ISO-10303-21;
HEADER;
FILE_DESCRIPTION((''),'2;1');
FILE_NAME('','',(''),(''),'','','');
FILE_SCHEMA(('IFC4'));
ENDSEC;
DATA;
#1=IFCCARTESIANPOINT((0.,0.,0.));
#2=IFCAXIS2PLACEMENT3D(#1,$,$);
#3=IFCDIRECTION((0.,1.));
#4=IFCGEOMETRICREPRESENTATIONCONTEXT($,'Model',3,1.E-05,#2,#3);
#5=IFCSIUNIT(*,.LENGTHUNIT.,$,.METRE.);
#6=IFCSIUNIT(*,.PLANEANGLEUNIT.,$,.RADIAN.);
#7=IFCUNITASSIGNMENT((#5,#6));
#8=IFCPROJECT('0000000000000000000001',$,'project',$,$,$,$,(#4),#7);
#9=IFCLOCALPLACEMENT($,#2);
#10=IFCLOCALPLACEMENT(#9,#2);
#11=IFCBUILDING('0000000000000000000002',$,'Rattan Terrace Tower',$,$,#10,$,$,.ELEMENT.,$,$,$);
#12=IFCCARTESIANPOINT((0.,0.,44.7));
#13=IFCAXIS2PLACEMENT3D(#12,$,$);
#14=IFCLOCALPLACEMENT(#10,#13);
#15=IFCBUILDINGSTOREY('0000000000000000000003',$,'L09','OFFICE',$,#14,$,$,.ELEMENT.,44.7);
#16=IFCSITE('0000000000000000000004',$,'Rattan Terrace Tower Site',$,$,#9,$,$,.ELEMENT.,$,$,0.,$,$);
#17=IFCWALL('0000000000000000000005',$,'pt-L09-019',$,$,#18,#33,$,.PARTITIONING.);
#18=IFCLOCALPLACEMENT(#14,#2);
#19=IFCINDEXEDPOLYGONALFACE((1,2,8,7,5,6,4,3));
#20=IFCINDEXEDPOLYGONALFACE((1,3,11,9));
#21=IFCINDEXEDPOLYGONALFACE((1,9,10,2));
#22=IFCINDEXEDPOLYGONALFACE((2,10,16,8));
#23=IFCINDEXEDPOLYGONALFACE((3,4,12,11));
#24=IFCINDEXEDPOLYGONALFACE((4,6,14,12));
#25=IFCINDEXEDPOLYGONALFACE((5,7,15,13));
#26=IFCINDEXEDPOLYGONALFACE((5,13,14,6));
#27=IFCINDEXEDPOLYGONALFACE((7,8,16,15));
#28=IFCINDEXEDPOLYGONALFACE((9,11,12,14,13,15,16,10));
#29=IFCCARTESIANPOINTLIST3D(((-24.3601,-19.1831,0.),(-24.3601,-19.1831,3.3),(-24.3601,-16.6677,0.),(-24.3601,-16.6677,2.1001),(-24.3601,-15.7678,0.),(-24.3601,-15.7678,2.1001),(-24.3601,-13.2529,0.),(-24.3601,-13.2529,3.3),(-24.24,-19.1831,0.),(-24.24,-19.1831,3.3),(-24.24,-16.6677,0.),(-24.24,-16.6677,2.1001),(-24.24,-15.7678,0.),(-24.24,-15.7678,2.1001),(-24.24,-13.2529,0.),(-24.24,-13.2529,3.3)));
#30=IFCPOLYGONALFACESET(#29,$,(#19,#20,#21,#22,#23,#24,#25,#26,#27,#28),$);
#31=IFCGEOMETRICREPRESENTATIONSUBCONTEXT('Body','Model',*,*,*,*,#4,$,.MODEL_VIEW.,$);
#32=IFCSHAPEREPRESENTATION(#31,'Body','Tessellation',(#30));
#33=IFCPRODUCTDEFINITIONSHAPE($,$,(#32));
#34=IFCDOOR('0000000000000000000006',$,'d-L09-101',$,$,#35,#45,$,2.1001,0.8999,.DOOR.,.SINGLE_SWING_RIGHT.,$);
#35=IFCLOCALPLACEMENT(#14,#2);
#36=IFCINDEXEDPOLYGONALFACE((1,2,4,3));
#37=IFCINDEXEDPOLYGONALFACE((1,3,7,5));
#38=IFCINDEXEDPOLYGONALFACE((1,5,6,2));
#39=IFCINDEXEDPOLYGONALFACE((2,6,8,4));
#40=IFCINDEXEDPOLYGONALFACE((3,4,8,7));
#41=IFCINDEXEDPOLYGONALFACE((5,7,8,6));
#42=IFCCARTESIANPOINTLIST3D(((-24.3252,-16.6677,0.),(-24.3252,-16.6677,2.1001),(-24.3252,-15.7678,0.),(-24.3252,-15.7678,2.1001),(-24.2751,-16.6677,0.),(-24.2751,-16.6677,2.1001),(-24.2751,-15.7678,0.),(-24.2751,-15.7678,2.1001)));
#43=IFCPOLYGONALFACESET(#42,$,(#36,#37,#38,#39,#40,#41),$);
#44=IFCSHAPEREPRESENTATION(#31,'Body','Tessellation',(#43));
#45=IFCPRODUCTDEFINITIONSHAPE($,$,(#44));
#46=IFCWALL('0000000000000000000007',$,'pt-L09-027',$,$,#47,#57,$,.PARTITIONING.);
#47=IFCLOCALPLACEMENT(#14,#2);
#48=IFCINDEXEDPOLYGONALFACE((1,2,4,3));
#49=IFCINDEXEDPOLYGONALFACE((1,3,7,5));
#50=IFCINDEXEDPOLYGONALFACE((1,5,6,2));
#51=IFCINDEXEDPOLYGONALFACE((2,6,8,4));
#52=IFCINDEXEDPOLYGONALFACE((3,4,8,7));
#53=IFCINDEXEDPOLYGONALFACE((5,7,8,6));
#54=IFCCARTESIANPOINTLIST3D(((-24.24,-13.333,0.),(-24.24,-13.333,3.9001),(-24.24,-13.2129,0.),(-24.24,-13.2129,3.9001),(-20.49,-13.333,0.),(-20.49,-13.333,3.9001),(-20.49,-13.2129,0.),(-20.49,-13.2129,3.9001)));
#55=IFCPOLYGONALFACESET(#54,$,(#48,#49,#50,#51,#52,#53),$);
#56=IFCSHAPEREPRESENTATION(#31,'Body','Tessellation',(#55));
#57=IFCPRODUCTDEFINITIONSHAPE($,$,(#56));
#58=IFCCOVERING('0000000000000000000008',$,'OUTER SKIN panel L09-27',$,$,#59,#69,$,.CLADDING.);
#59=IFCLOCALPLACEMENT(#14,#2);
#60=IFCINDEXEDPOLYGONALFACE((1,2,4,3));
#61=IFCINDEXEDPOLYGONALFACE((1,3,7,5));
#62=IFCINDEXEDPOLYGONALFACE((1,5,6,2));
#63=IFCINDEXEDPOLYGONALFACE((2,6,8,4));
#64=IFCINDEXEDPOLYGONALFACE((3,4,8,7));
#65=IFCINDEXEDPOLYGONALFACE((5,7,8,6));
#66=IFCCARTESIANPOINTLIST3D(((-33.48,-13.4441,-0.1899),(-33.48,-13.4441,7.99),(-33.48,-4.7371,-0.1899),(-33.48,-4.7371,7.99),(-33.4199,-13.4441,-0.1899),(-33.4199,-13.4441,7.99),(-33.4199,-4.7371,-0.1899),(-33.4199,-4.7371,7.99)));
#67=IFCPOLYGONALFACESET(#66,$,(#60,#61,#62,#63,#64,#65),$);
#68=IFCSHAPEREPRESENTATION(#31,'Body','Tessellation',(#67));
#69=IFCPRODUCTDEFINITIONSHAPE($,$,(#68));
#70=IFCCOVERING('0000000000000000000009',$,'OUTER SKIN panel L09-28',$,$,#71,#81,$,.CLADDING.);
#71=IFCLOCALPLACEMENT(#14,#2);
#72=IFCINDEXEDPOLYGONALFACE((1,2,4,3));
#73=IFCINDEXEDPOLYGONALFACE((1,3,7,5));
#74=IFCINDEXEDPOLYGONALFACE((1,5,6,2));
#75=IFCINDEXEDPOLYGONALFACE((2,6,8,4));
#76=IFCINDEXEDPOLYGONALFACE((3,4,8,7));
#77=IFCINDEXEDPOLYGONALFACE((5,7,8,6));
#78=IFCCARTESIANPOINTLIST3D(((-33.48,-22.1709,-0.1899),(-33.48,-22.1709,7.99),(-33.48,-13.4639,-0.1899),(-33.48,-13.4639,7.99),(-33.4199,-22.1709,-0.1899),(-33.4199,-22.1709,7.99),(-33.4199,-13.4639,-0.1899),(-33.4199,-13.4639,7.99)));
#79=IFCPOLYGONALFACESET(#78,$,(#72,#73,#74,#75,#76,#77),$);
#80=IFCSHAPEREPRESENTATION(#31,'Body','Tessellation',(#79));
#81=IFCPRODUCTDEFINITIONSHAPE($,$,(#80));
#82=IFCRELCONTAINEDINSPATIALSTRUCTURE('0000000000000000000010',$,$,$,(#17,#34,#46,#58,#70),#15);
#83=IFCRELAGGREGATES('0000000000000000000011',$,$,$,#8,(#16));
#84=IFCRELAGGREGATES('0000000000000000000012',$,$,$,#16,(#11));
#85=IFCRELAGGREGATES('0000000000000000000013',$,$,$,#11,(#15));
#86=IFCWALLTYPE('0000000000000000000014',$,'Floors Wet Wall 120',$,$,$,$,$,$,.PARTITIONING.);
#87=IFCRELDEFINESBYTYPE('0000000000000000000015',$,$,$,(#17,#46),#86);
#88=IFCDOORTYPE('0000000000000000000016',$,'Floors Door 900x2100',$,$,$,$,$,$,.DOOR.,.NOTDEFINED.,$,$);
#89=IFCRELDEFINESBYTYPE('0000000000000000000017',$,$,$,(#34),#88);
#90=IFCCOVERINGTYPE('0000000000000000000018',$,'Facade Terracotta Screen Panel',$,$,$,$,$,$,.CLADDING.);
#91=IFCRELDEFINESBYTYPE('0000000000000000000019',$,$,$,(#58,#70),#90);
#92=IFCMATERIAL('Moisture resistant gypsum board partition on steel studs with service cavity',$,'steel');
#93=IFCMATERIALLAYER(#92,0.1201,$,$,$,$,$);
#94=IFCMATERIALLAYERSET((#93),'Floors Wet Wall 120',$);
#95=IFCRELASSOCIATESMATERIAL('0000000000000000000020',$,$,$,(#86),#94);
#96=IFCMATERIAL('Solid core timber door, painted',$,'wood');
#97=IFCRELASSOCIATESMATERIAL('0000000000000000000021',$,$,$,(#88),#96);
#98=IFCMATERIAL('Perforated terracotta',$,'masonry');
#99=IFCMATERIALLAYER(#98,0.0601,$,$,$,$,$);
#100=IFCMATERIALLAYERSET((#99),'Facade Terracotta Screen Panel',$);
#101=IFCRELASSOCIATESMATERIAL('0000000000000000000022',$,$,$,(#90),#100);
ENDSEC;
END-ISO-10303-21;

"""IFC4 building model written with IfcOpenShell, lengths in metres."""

from ifc_helpers import new_model, si_unit, direction, frame, frame_2d, origin, origin_2d, place, context, subcontext, project, spatial, rectangle, extrude, material, layer, layer_set, type_object, element, fill, save


model = new_model("IFC4")

# Units and contexts
model_context = context("Model", 3, precision=1e-05, world=origin(), true_north=direction((0.0, 1.0)))
body_context = subcontext(model_context, "Body", "Model", "MODEL_VIEW")
ifc_project = project(units=[si_unit("LENGTHUNIT", "METRE"), si_unit("PLANEANGLEUNIT", "RADIAN")], contexts=[model_context])

# Site, building, storey
site_placement = place(None, origin())
site = spatial("IfcSite", under=ifc_project, at=site_placement, Name="Rattan Terrace Tower Site", CompositionType="ELEMENT", RefElevation=0.0)
building_placement = place(site_placement, origin())
building = spatial("IfcBuilding", under=site, at=building_placement, Name="Rattan Terrace Tower", CompositionType="ELEMENT")
storey_placement = place(building_placement, frame((0.0, 0.0, 44.7)))
storey = spatial("IfcBuildingStorey", under=building, at=storey_placement, Name="L09", Description="OFFICE", CompositionType="ELEMENT", Elevation=44.7)

# Wall, opening, door
ifc_material_1 = material(Name="Moisture resistant gypsum board partition on steel studs with service cavity", Category="steel")
ifc_layer_1 = layer(ifc_material_1, 0.1201)
ifc_layer_set_1 = layer_set([ifc_layer_1], Name="Floors Wet Wall 120")
wall_type_1 = type_object("IfcWallType", Name="Floors Wet Wall 120", PredefinedType="PARTITIONING", material=ifc_layer_set_1)
wall_1_placement = place(storey_placement, frame((-24.3, -13.2529, 0.0), z_axis=(0.0, 0.0, 1.0), x_axis=(0.0, -1.0, 0.0)))
wall_1 = element("IfcWall", 1, at=wall_1_placement, inside=storey, type_object=wall_type_1, Name="pt-L09-019", PredefinedType="PARTITIONING", context=body_context, shape_type="SweptSolid", body=[
    extrude(rectangle(XDim=5.9302, YDim=0.1201, at=frame_2d((2.9651, 0.0))), origin(), (0.0, 0.0, 1.0), 3.3),
])
opening_placement = place(wall_1_placement, frame((2.5149, 0.0, 0.0)))
opening = element("IfcOpeningElement", 2, at=opening_placement, cuts=wall_1, PredefinedType="OPENING", context=body_context, shape_type="SweptSolid", body=[
    extrude(rectangle(XDim=0.8999, YDim=2.1001, at=frame_2d((0.45, 1.05))), frame((0.0, 0.0706, 0.0), z_axis=(0.0, -1.0, 0.0), x_axis=(1.0, 0.0, 0.0)), (0.0, 0.0, 1.0), 0.1411),
])
ifc_material_2 = material(Name="Solid core timber door, painted", Category="wood")
door_type = type_object("IfcDoorType", Name="Floors Door 900x2100", OperationType="NOTDEFINED", PredefinedType="DOOR", material=ifc_material_2)
door_placement = place(opening_placement, origin())
door = element("IfcDoor", 3, at=door_placement, inside=storey, type_object=door_type, Name="d-L09-101", OperationType="SINGLE_SWING_RIGHT", OverallHeight=2.1001, OverallWidth=0.8999, PredefinedType="DOOR", context=body_context, shape_type="SweptSolid", body=[
    extrude(rectangle(XDim=0.8999, YDim=2.1001, at=frame_2d((0.45, 1.05))), frame((0.0, 0.0249, 0.0), z_axis=(0.0, -1.0, 0.0), x_axis=(1.0, 0.0, 0.0)), (0.0, 0.0, 1.0), 0.05),
])
fill(opening, door)

# Wall
wall_2_placement = place(storey_placement, frame((-24.24, -13.2729, 0.0), z_axis=(0.0, 0.0, 1.0), x_axis=(1.0, 0.0, 0.0)))
element("IfcWall", 4, at=wall_2_placement, inside=storey, type_object=wall_type_1, Name="pt-L09-027", PredefinedType="PARTITIONING", context=body_context, shape_type="SweptSolid", body=[
    extrude(rectangle(XDim=3.75, YDim=0.1201, at=frame_2d((1.875, 0.0))), origin(), (0.0, 0.0, 1.0), 3.9001),
])

# Coverings
ifc_material_3 = material(Name="Perforated terracotta", Category="masonry")
ifc_layer_2 = layer(ifc_material_3, 0.0601)
ifc_layer_set_2 = layer_set([ifc_layer_2], Name="Facade Terracotta Screen Panel")
covering_type = type_object("IfcCoveringType", Name="Facade Terracotta Screen Panel", PredefinedType="CLADDING", material=ifc_layer_set_2)
for number, where, z_axis, x_axis, name in (
    (5, (-33.45, -9.0906, -0.1899), (0.0, 0.0, 1.0), (0.0, -1.0, 0.0), "OUTER SKIN panel L09-27"),
    (6, (-33.45, -17.8174, -0.1899), (0.0, 0.0, 1.0), (0.0, -1.0, 0.0), "OUTER SKIN panel L09-28"),
):
    element("IfcCovering", number, at=place(storey_placement, frame(where, z_axis=z_axis, x_axis=x_axis)), inside=storey, type_object=covering_type, Name=name, PredefinedType="CLADDING", context=body_context, shape_type="SweptSolid", body=[
        extrude(rectangle(XDim=8.707, YDim=0.0601, at=origin_2d()), origin(), (0.0, 0.0, 1.0), 8.1799),
    ])

save(model, "model.ifc")
